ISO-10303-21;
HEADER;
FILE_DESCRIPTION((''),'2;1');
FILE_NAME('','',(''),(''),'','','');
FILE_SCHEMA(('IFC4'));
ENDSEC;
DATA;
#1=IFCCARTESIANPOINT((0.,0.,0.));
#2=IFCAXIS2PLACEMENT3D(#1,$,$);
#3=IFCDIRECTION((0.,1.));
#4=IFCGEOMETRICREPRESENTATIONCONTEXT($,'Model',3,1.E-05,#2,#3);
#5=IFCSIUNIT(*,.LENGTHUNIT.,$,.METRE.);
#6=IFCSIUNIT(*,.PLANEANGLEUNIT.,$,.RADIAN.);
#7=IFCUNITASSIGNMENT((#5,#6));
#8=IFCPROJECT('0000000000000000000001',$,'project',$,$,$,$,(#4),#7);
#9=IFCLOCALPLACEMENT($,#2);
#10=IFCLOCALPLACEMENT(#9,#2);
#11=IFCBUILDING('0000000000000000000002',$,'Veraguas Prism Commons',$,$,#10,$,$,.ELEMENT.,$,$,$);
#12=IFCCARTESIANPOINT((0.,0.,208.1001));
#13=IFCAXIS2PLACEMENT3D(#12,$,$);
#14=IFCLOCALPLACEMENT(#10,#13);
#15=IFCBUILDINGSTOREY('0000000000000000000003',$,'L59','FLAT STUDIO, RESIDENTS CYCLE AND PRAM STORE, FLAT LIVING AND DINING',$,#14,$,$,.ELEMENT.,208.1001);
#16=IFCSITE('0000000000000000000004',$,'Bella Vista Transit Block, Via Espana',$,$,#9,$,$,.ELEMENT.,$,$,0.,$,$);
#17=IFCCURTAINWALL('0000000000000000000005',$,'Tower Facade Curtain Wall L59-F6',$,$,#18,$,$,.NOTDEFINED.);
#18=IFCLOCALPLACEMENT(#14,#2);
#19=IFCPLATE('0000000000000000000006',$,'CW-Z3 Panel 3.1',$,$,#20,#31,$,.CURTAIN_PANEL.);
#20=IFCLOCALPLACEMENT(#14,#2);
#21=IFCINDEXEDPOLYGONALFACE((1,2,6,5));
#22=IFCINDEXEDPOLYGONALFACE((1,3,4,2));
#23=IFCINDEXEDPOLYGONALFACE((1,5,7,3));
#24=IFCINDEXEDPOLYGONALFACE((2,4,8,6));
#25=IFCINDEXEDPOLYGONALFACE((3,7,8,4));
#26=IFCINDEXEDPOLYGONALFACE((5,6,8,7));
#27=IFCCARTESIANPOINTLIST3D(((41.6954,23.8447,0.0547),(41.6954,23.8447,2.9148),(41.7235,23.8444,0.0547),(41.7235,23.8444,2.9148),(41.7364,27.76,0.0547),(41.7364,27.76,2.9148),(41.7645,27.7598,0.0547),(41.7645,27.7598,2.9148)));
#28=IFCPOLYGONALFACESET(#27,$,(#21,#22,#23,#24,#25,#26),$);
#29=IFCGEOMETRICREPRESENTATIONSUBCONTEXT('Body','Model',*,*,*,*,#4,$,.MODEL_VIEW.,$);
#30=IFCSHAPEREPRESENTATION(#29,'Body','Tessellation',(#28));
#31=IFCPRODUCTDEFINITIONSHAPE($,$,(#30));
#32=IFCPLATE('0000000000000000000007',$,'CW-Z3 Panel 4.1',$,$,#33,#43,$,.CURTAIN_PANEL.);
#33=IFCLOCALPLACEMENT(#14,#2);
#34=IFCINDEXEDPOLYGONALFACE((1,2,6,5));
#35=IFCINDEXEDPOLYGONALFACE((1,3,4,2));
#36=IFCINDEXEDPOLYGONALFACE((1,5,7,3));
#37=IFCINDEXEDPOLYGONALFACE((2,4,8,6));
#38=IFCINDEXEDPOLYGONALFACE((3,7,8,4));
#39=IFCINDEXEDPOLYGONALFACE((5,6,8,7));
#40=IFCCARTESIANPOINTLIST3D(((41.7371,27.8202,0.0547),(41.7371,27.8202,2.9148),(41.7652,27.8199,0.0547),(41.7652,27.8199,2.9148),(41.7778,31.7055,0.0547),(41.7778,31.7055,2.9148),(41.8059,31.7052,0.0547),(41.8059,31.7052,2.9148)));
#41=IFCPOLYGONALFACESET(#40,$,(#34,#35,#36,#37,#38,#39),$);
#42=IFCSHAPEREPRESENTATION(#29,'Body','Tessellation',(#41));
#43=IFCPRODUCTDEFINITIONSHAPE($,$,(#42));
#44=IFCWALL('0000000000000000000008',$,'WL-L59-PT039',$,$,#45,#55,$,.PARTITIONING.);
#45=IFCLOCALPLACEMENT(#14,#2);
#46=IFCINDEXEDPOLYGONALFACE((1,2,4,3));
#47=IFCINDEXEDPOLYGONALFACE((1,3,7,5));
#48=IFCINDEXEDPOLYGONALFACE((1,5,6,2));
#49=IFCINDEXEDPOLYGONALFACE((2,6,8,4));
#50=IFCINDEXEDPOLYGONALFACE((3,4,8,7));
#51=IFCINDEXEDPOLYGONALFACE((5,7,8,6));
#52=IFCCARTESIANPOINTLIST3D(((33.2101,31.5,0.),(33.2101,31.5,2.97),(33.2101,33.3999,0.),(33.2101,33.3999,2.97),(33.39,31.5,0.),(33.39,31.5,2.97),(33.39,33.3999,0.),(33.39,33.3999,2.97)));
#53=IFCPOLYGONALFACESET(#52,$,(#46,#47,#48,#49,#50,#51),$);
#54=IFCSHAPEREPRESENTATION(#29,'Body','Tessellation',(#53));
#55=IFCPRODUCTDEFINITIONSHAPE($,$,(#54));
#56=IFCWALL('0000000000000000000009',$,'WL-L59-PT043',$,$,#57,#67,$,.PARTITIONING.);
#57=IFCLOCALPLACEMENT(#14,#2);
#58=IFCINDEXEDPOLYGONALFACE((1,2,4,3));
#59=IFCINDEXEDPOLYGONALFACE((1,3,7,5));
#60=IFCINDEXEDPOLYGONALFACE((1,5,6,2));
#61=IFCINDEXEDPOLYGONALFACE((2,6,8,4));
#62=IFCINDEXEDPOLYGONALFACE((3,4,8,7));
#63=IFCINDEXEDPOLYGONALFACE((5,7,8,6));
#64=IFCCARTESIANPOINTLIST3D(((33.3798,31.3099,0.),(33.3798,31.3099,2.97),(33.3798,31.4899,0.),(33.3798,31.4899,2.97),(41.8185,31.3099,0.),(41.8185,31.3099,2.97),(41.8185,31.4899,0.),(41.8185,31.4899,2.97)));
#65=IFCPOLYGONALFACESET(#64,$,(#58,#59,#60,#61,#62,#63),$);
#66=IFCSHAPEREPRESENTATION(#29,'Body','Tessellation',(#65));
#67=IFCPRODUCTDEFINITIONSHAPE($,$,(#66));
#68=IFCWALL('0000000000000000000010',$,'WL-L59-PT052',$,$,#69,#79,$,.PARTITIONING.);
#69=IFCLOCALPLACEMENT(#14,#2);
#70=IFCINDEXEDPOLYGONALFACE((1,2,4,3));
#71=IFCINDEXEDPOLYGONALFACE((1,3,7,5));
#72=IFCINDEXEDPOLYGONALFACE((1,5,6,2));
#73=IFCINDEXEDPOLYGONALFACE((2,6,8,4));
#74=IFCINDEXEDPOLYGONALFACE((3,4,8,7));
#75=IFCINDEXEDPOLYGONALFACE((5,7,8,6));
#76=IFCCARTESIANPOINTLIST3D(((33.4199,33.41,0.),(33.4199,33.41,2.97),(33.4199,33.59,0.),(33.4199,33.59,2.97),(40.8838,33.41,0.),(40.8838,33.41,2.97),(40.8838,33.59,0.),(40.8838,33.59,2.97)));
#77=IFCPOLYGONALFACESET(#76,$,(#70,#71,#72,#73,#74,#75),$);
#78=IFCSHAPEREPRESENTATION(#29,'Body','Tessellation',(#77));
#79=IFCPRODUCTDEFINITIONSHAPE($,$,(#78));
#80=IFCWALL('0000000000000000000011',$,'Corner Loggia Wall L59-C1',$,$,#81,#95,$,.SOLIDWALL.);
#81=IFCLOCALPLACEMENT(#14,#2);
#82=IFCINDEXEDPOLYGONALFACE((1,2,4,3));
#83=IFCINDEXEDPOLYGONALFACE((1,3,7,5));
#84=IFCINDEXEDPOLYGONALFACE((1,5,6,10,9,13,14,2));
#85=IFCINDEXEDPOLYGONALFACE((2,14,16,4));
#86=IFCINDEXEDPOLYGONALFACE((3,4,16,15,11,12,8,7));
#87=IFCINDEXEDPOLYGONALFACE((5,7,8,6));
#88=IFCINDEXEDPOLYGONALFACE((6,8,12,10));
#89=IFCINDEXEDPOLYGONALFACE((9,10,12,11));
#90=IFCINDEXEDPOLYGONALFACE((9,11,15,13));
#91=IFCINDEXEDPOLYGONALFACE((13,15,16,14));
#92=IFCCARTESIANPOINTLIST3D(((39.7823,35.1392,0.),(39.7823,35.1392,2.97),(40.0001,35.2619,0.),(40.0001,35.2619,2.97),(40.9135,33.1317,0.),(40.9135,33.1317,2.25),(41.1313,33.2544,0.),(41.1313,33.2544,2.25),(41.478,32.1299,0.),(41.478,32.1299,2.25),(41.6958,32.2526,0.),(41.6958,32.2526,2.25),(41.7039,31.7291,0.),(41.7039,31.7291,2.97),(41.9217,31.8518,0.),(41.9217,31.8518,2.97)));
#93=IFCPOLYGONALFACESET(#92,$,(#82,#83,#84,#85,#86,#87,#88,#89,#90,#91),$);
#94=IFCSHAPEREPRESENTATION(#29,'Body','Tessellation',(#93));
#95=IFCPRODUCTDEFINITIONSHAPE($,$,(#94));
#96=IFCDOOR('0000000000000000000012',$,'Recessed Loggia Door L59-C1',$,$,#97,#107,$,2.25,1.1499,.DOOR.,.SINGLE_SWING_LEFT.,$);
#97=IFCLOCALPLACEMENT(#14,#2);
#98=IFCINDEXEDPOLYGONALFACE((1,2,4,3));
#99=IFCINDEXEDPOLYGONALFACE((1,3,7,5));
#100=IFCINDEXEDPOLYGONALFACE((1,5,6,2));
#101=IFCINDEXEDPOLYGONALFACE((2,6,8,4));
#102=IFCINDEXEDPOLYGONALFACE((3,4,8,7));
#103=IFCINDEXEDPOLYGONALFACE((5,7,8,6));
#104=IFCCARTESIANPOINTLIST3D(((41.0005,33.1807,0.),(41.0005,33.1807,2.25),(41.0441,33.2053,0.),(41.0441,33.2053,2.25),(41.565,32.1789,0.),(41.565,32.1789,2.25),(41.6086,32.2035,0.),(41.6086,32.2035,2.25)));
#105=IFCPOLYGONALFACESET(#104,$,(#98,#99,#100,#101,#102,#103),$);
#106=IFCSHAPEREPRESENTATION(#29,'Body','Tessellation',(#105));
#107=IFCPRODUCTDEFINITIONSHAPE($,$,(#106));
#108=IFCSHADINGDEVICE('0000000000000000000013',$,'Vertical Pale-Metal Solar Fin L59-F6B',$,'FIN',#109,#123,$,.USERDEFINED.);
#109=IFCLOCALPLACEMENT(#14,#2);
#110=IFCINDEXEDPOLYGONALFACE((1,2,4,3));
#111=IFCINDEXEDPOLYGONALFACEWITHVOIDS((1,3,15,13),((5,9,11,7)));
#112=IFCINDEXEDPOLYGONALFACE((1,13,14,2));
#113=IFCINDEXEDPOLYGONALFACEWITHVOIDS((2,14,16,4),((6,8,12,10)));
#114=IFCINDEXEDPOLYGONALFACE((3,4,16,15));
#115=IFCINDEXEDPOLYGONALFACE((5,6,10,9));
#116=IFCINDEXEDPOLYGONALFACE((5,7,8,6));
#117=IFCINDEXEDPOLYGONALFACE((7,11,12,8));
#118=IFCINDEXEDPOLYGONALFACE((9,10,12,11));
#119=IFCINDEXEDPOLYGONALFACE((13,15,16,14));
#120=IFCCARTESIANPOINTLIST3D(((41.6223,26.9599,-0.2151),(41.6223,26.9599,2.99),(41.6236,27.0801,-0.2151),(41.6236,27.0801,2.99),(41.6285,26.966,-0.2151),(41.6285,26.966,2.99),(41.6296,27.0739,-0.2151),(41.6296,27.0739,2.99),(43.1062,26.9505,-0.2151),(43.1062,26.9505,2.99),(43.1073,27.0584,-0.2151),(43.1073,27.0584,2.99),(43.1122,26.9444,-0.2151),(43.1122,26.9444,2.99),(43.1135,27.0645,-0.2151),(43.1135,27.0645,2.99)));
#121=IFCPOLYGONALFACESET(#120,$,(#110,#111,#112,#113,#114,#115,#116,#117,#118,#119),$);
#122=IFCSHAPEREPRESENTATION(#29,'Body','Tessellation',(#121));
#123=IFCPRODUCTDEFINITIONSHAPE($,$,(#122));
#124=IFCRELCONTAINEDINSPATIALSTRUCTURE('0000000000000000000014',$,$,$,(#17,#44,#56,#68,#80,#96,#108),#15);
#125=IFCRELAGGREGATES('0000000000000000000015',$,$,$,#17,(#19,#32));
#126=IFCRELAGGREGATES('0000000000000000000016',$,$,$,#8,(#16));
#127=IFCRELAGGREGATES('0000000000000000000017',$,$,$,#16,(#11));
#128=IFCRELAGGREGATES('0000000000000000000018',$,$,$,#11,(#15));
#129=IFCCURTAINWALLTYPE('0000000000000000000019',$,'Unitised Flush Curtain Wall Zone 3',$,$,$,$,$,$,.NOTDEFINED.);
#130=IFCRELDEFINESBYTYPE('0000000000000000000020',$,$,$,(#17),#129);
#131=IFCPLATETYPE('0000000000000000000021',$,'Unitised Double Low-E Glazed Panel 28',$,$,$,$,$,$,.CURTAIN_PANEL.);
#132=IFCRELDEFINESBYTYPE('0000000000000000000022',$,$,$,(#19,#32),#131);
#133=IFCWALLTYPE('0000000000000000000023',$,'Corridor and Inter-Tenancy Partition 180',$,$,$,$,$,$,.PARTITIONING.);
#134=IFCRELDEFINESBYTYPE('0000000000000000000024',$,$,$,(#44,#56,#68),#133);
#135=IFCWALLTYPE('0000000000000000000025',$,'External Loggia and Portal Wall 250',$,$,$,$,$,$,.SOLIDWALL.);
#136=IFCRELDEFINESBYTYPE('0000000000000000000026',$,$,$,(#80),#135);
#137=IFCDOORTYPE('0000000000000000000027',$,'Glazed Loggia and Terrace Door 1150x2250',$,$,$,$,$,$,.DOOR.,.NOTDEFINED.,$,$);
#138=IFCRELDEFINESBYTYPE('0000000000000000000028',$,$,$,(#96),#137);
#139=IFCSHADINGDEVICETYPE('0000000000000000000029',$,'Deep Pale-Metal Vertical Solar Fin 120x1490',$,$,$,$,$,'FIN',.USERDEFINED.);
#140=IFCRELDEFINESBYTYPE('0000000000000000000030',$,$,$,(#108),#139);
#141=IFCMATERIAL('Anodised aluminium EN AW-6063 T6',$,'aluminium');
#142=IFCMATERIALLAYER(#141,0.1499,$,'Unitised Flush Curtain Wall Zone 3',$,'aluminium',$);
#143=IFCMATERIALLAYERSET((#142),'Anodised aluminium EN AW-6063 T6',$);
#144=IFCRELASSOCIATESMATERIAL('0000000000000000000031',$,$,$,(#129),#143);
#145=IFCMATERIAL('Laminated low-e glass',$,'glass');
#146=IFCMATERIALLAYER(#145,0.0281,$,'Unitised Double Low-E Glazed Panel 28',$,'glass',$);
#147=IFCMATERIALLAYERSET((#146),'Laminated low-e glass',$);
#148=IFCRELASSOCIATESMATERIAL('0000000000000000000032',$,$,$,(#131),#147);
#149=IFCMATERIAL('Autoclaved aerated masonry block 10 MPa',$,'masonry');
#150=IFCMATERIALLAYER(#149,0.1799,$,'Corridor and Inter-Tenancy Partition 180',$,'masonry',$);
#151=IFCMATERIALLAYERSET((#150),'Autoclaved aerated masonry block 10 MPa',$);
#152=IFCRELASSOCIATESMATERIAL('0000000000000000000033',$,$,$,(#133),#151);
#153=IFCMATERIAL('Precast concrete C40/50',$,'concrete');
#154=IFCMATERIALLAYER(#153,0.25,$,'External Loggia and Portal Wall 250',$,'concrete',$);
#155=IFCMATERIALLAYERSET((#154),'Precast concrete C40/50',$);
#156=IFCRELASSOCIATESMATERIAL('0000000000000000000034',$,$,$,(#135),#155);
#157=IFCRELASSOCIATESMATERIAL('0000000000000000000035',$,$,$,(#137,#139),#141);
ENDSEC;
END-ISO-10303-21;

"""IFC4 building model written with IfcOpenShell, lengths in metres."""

from ifc_helpers import new_model, si_unit, direction, frame, frame_2d, origin, origin_2d, place, context, subcontext, project, spatial, rectangle, hollow_rectangle, extrude, source, transform, mapped, material, layer, layer_set, material_profile, profile_set, type_object, element, fill, aggregate, save


model = new_model("IFC4")

# Units and contexts
model_context = context("Model", 3, precision=1e-05, world=origin(), true_north=direction((0.0, 1.0)))
body_context = subcontext(model_context, "Body", "Model", "MODEL_VIEW")
ifc_project = project(units=[si_unit("LENGTHUNIT", "METRE"), si_unit("PLANEANGLEUNIT", "RADIAN")], contexts=[model_context])

# Site, building, storey
site_placement = place(None, origin())
site = spatial("IfcSite", under=ifc_project, at=site_placement, Name="Bella Vista Transit Block, Via Espana", CompositionType="ELEMENT", RefElevation=0.0)
building_placement = place(site_placement, origin())
building = spatial("IfcBuilding", under=site, at=building_placement, Name="Veraguas Prism Commons", CompositionType="ELEMENT")
storey_placement = place(building_placement, frame((0.0, 0.0, 208.1001)))
storey = spatial("IfcBuildingStorey", under=building, at=storey_placement, Name="L59", Description="FLAT STUDIO, RESIDENTS CYCLE AND PRAM STORE, FLAT LIVING AND DINING", CompositionType="ELEMENT", Elevation=208.1001)

# Curtain wall, plates
ifc_material_1 = material(Name="Anodised aluminium EN AW-6063 T6", Category="aluminium")
ifc_layer_1 = layer(ifc_material_1, 0.1499, Name="Unitised Flush Curtain Wall Zone 3", Category="aluminium")
ifc_layer_set_1 = layer_set([ifc_layer_1], Name="Anodised aluminium EN AW-6063 T6")
curtain_wall_type = type_object("IfcCurtainWallType", Name="Unitised Flush Curtain Wall Zone 3", PredefinedType="NOTDEFINED", material=ifc_layer_set_1)
curtain_wall_placement = place(storey_placement, origin())
curtain_wall = element("IfcCurtainWall", 1, at=curtain_wall_placement, inside=storey, type_object=curtain_wall_type, Name="Tower Facade Curtain Wall L59-F6", PredefinedType="NOTDEFINED")
ifc_material_2 = material(Name="Laminated low-e glass", Category="glass")
ifc_layer_2 = layer(ifc_material_2, 0.0281, Name="Unitised Double Low-E Glazed Panel 28", Category="glass")
ifc_layer_set_2 = layer_set([ifc_layer_2], Name="Laminated low-e glass")
plate_type = type_object("IfcPlateType", Name="Unitised Double Low-E Glazed Panel 28", PredefinedType="CURTAIN_PANEL", material=ifc_layer_set_2)
shared_shape_1 = source(origin(), body_context, "Body", "SweptSolid", [
    extrude(rectangle(XDim=3.9155, YDim=0.0281, at=origin_2d()), origin(), (0.0, 0.0, 1.0), 2.8601),
])
plate_1_placement = place(storey_placement, frame((41.73, 25.8022, 0.0547), z_axis=(0.0, 0.0, 1.0), x_axis=(0.01047, 0.999945, 0.0)))
plate_1 = element("IfcPlate", 2, at=plate_1_placement, type_object=plate_type, Name="CW-Z3 Panel 3.1", PredefinedType="CURTAIN_PANEL", context=body_context, shape_type="MappedRepresentation", body=[
    mapped(shared_shape_1, transform((0.0, 0.0, 0.0), scale=1.0)),
])
shared_shape_2 = source(origin(), body_context, "Body", "SweptSolid", [
    extrude(rectangle(XDim=3.8855, YDim=0.0281, at=origin_2d()), origin(), (0.0, 0.0, 1.0), 2.8601),
])
plate_2_placement = place(storey_placement, frame((41.7715, 29.7627, 0.0547), z_axis=(0.0, 0.0, 1.0), x_axis=(0.01047, 0.999945, 0.0)))
plate_2 = element("IfcPlate", 3, at=plate_2_placement, type_object=plate_type, Name="CW-Z3 Panel 4.1", PredefinedType="CURTAIN_PANEL", context=body_context, shape_type="MappedRepresentation", body=[
    mapped(shared_shape_2, transform((0.0, 0.0, 0.0), scale=1.0)),
])
aggregate(curtain_wall, [plate_1, plate_2])

# Walls
ifc_material_3 = material(Name="Autoclaved aerated masonry block 10 MPa", Category="masonry")
ifc_layer_3 = layer(ifc_material_3, 0.1799, Name="Corridor and Inter-Tenancy Partition 180", Category="masonry")
ifc_layer_set_3 = layer_set([ifc_layer_3], Name="Autoclaved aerated masonry block 10 MPa")
wall_type_1 = type_object("IfcWallType", Name="Corridor and Inter-Tenancy Partition 180", PredefinedType="PARTITIONING", material=ifc_layer_set_3)
wall_1_placement = place(storey_placement, frame((33.3, 31.5, 0.0), z_axis=(0.0, 0.0, 1.0), x_axis=(0.0, 1.0, 0.0)))
element("IfcWall", 4, at=wall_1_placement, inside=storey, type_object=wall_type_1, Name="WL-L59-PT039", PredefinedType="PARTITIONING", context=body_context, shape_type="SweptSolid", body=[
    extrude(rectangle(XDim=1.8999, YDim=0.1799, at=frame_2d((0.95, 0.0))), origin(), (0.0, 0.0, 1.0), 2.97),
])
wall_2_placement = place(storey_placement, frame((33.3799, 31.3999, 0.0), z_axis=(0.0, 0.0, 1.0), x_axis=(1.0, 0.0, 0.0)))
element("IfcWall", 5, at=wall_2_placement, inside=storey, type_object=wall_type_1, Name="WL-L59-PT043", PredefinedType="PARTITIONING", context=body_context, shape_type="SweptSolid", body=[
    extrude(rectangle(XDim=8.4387, YDim=0.1799, at=frame_2d((4.2192, 0.0))), origin(), (0.0, 0.0, 1.0), 2.97),
])
wall_3_placement = place(storey_placement, frame((33.4199, 33.5, 0.0), z_axis=(0.0, 0.0, 1.0), x_axis=(1.0, 0.0, 0.0)))
element("IfcWall", 6, at=wall_3_placement, inside=storey, type_object=wall_type_1, Name="WL-L59-PT052", PredefinedType="PARTITIONING", context=body_context, shape_type="SweptSolid", body=[
    extrude(rectangle(XDim=7.4639, YDim=0.1799, at=frame_2d((3.7319, 0.0))), origin(), (0.0, 0.0, 1.0), 2.97),
])

# Wall, opening, door
ifc_material_4 = material(Name="Precast concrete C40/50", Category="concrete")
ifc_layer_4 = layer(ifc_material_4, 0.25, Name="External Loggia and Portal Wall 250", Category="concrete")
ifc_layer_set_4 = layer_set([ifc_layer_4], Name="Precast concrete C40/50")
wall_type_2 = type_object("IfcWallType", Name="External Loggia and Portal Wall 250", PredefinedType="SOLIDWALL", material=ifc_layer_set_4)
wall_4_placement = place(storey_placement, frame((41.8127, 31.7905, 0.0), z_axis=(0.0, 0.0, 1.0), x_axis=(-0.490924, 0.871202, 0.0)))
wall_4 = element("IfcWall", 7, at=wall_4_placement, inside=storey, type_object=wall_type_2, Name="Corner Loggia Wall L59-C1", PredefinedType="SOLIDWALL", context=body_context, shape_type="SweptSolid", body=[
    extrude(rectangle(XDim=3.9143, YDim=0.25, at=frame_2d((1.957, 0.0))), origin(), (0.0, 0.0, 1.0), 2.97),
])
opening_placement = place(wall_4_placement, frame((0.46, 0.0, 0.0)))
opening = element("IfcOpeningElement", 8, at=opening_placement, cuts=wall_4, PredefinedType="OPENING", context=body_context, shape_type="SweptSolid", body=[
    extrude(rectangle(XDim=1.1499, YDim=2.25, at=frame_2d((0.575, 1.125))), frame((0.0, 0.135, 0.0), z_axis=(0.0, -1.0, 0.0), x_axis=(1.0, 0.0, 0.0)), (0.0, 0.0, 1.0), 0.27),
])
door_type = type_object("IfcDoorType", Name="Glazed Loggia and Terrace Door 1150x2250", OperationType="NOTDEFINED", PredefinedType="DOOR", material=ifc_material_1)
shared_shape_3 = source(origin(), body_context, "Body", "SweptSolid", [
    extrude(rectangle(XDim=1.1499, YDim=2.25, at=frame_2d((0.575, 1.125))), frame((0.0, 0.0249, 0.0), z_axis=(0.0, -1.0, 0.0), x_axis=(1.0, 0.0, 0.0)), (0.0, 0.0, 1.0), 0.05),
])
door_placement = place(opening_placement, frame((1.1499, 0.0, 0.0), z_axis=(0.0, 0.0, 1.0), x_axis=(-1.0, 0.0, 0.0)))
door = element("IfcDoor", 9, at=door_placement, inside=storey, type_object=door_type, Name="Recessed Loggia Door L59-C1", OperationType="SINGLE_SWING_LEFT", OverallHeight=2.25, OverallWidth=1.1499, PredefinedType="DOOR", context=body_context, shape_type="MappedRepresentation", body=[
    mapped(shared_shape_3, transform((0.0, 0.0, 0.0), scale=1.0)),
])
fill(opening, door)

# Shading device
ifc_material_profile_1 = material_profile(ifc_material_1, hollow_rectangle(XDim=0.1201, YDim=1.49, WallThickness=0.0061, at=origin_2d()), Name="FIN120X1490X6")
ifc_profile_set_1 = profile_set([ifc_material_profile_1], Name="Anodised aluminium EN AW-6063 T6")
shading_device_type = type_object("IfcShadingDeviceType", Name="Deep Pale-Metal Vertical Solar Fin 120x1490", ElementType="FIN", PredefinedType="USERDEFINED", material=ifc_profile_set_1)
shading_device_placement = place(storey_placement, frame((42.3679, 27.0122, -0.2151), z_axis=(0.0, 0.0, 1.0), x_axis=(0.010467, 0.999945, 0.0)))
element("IfcShadingDevice", 10, at=shading_device_placement, inside=storey, type_object=shading_device_type, Name="Vertical Pale-Metal Solar Fin L59-F6B", ObjectType="FIN", PredefinedType="USERDEFINED", context=body_context, shape_type="SweptSolid", body=[
    extrude(hollow_rectangle(XDim=0.1201, YDim=1.49, WallThickness=0.0061, at=origin_2d()), origin(), (0.0, 0.0, 1.0), 3.2051),
])

save(model, "model.ifc")
